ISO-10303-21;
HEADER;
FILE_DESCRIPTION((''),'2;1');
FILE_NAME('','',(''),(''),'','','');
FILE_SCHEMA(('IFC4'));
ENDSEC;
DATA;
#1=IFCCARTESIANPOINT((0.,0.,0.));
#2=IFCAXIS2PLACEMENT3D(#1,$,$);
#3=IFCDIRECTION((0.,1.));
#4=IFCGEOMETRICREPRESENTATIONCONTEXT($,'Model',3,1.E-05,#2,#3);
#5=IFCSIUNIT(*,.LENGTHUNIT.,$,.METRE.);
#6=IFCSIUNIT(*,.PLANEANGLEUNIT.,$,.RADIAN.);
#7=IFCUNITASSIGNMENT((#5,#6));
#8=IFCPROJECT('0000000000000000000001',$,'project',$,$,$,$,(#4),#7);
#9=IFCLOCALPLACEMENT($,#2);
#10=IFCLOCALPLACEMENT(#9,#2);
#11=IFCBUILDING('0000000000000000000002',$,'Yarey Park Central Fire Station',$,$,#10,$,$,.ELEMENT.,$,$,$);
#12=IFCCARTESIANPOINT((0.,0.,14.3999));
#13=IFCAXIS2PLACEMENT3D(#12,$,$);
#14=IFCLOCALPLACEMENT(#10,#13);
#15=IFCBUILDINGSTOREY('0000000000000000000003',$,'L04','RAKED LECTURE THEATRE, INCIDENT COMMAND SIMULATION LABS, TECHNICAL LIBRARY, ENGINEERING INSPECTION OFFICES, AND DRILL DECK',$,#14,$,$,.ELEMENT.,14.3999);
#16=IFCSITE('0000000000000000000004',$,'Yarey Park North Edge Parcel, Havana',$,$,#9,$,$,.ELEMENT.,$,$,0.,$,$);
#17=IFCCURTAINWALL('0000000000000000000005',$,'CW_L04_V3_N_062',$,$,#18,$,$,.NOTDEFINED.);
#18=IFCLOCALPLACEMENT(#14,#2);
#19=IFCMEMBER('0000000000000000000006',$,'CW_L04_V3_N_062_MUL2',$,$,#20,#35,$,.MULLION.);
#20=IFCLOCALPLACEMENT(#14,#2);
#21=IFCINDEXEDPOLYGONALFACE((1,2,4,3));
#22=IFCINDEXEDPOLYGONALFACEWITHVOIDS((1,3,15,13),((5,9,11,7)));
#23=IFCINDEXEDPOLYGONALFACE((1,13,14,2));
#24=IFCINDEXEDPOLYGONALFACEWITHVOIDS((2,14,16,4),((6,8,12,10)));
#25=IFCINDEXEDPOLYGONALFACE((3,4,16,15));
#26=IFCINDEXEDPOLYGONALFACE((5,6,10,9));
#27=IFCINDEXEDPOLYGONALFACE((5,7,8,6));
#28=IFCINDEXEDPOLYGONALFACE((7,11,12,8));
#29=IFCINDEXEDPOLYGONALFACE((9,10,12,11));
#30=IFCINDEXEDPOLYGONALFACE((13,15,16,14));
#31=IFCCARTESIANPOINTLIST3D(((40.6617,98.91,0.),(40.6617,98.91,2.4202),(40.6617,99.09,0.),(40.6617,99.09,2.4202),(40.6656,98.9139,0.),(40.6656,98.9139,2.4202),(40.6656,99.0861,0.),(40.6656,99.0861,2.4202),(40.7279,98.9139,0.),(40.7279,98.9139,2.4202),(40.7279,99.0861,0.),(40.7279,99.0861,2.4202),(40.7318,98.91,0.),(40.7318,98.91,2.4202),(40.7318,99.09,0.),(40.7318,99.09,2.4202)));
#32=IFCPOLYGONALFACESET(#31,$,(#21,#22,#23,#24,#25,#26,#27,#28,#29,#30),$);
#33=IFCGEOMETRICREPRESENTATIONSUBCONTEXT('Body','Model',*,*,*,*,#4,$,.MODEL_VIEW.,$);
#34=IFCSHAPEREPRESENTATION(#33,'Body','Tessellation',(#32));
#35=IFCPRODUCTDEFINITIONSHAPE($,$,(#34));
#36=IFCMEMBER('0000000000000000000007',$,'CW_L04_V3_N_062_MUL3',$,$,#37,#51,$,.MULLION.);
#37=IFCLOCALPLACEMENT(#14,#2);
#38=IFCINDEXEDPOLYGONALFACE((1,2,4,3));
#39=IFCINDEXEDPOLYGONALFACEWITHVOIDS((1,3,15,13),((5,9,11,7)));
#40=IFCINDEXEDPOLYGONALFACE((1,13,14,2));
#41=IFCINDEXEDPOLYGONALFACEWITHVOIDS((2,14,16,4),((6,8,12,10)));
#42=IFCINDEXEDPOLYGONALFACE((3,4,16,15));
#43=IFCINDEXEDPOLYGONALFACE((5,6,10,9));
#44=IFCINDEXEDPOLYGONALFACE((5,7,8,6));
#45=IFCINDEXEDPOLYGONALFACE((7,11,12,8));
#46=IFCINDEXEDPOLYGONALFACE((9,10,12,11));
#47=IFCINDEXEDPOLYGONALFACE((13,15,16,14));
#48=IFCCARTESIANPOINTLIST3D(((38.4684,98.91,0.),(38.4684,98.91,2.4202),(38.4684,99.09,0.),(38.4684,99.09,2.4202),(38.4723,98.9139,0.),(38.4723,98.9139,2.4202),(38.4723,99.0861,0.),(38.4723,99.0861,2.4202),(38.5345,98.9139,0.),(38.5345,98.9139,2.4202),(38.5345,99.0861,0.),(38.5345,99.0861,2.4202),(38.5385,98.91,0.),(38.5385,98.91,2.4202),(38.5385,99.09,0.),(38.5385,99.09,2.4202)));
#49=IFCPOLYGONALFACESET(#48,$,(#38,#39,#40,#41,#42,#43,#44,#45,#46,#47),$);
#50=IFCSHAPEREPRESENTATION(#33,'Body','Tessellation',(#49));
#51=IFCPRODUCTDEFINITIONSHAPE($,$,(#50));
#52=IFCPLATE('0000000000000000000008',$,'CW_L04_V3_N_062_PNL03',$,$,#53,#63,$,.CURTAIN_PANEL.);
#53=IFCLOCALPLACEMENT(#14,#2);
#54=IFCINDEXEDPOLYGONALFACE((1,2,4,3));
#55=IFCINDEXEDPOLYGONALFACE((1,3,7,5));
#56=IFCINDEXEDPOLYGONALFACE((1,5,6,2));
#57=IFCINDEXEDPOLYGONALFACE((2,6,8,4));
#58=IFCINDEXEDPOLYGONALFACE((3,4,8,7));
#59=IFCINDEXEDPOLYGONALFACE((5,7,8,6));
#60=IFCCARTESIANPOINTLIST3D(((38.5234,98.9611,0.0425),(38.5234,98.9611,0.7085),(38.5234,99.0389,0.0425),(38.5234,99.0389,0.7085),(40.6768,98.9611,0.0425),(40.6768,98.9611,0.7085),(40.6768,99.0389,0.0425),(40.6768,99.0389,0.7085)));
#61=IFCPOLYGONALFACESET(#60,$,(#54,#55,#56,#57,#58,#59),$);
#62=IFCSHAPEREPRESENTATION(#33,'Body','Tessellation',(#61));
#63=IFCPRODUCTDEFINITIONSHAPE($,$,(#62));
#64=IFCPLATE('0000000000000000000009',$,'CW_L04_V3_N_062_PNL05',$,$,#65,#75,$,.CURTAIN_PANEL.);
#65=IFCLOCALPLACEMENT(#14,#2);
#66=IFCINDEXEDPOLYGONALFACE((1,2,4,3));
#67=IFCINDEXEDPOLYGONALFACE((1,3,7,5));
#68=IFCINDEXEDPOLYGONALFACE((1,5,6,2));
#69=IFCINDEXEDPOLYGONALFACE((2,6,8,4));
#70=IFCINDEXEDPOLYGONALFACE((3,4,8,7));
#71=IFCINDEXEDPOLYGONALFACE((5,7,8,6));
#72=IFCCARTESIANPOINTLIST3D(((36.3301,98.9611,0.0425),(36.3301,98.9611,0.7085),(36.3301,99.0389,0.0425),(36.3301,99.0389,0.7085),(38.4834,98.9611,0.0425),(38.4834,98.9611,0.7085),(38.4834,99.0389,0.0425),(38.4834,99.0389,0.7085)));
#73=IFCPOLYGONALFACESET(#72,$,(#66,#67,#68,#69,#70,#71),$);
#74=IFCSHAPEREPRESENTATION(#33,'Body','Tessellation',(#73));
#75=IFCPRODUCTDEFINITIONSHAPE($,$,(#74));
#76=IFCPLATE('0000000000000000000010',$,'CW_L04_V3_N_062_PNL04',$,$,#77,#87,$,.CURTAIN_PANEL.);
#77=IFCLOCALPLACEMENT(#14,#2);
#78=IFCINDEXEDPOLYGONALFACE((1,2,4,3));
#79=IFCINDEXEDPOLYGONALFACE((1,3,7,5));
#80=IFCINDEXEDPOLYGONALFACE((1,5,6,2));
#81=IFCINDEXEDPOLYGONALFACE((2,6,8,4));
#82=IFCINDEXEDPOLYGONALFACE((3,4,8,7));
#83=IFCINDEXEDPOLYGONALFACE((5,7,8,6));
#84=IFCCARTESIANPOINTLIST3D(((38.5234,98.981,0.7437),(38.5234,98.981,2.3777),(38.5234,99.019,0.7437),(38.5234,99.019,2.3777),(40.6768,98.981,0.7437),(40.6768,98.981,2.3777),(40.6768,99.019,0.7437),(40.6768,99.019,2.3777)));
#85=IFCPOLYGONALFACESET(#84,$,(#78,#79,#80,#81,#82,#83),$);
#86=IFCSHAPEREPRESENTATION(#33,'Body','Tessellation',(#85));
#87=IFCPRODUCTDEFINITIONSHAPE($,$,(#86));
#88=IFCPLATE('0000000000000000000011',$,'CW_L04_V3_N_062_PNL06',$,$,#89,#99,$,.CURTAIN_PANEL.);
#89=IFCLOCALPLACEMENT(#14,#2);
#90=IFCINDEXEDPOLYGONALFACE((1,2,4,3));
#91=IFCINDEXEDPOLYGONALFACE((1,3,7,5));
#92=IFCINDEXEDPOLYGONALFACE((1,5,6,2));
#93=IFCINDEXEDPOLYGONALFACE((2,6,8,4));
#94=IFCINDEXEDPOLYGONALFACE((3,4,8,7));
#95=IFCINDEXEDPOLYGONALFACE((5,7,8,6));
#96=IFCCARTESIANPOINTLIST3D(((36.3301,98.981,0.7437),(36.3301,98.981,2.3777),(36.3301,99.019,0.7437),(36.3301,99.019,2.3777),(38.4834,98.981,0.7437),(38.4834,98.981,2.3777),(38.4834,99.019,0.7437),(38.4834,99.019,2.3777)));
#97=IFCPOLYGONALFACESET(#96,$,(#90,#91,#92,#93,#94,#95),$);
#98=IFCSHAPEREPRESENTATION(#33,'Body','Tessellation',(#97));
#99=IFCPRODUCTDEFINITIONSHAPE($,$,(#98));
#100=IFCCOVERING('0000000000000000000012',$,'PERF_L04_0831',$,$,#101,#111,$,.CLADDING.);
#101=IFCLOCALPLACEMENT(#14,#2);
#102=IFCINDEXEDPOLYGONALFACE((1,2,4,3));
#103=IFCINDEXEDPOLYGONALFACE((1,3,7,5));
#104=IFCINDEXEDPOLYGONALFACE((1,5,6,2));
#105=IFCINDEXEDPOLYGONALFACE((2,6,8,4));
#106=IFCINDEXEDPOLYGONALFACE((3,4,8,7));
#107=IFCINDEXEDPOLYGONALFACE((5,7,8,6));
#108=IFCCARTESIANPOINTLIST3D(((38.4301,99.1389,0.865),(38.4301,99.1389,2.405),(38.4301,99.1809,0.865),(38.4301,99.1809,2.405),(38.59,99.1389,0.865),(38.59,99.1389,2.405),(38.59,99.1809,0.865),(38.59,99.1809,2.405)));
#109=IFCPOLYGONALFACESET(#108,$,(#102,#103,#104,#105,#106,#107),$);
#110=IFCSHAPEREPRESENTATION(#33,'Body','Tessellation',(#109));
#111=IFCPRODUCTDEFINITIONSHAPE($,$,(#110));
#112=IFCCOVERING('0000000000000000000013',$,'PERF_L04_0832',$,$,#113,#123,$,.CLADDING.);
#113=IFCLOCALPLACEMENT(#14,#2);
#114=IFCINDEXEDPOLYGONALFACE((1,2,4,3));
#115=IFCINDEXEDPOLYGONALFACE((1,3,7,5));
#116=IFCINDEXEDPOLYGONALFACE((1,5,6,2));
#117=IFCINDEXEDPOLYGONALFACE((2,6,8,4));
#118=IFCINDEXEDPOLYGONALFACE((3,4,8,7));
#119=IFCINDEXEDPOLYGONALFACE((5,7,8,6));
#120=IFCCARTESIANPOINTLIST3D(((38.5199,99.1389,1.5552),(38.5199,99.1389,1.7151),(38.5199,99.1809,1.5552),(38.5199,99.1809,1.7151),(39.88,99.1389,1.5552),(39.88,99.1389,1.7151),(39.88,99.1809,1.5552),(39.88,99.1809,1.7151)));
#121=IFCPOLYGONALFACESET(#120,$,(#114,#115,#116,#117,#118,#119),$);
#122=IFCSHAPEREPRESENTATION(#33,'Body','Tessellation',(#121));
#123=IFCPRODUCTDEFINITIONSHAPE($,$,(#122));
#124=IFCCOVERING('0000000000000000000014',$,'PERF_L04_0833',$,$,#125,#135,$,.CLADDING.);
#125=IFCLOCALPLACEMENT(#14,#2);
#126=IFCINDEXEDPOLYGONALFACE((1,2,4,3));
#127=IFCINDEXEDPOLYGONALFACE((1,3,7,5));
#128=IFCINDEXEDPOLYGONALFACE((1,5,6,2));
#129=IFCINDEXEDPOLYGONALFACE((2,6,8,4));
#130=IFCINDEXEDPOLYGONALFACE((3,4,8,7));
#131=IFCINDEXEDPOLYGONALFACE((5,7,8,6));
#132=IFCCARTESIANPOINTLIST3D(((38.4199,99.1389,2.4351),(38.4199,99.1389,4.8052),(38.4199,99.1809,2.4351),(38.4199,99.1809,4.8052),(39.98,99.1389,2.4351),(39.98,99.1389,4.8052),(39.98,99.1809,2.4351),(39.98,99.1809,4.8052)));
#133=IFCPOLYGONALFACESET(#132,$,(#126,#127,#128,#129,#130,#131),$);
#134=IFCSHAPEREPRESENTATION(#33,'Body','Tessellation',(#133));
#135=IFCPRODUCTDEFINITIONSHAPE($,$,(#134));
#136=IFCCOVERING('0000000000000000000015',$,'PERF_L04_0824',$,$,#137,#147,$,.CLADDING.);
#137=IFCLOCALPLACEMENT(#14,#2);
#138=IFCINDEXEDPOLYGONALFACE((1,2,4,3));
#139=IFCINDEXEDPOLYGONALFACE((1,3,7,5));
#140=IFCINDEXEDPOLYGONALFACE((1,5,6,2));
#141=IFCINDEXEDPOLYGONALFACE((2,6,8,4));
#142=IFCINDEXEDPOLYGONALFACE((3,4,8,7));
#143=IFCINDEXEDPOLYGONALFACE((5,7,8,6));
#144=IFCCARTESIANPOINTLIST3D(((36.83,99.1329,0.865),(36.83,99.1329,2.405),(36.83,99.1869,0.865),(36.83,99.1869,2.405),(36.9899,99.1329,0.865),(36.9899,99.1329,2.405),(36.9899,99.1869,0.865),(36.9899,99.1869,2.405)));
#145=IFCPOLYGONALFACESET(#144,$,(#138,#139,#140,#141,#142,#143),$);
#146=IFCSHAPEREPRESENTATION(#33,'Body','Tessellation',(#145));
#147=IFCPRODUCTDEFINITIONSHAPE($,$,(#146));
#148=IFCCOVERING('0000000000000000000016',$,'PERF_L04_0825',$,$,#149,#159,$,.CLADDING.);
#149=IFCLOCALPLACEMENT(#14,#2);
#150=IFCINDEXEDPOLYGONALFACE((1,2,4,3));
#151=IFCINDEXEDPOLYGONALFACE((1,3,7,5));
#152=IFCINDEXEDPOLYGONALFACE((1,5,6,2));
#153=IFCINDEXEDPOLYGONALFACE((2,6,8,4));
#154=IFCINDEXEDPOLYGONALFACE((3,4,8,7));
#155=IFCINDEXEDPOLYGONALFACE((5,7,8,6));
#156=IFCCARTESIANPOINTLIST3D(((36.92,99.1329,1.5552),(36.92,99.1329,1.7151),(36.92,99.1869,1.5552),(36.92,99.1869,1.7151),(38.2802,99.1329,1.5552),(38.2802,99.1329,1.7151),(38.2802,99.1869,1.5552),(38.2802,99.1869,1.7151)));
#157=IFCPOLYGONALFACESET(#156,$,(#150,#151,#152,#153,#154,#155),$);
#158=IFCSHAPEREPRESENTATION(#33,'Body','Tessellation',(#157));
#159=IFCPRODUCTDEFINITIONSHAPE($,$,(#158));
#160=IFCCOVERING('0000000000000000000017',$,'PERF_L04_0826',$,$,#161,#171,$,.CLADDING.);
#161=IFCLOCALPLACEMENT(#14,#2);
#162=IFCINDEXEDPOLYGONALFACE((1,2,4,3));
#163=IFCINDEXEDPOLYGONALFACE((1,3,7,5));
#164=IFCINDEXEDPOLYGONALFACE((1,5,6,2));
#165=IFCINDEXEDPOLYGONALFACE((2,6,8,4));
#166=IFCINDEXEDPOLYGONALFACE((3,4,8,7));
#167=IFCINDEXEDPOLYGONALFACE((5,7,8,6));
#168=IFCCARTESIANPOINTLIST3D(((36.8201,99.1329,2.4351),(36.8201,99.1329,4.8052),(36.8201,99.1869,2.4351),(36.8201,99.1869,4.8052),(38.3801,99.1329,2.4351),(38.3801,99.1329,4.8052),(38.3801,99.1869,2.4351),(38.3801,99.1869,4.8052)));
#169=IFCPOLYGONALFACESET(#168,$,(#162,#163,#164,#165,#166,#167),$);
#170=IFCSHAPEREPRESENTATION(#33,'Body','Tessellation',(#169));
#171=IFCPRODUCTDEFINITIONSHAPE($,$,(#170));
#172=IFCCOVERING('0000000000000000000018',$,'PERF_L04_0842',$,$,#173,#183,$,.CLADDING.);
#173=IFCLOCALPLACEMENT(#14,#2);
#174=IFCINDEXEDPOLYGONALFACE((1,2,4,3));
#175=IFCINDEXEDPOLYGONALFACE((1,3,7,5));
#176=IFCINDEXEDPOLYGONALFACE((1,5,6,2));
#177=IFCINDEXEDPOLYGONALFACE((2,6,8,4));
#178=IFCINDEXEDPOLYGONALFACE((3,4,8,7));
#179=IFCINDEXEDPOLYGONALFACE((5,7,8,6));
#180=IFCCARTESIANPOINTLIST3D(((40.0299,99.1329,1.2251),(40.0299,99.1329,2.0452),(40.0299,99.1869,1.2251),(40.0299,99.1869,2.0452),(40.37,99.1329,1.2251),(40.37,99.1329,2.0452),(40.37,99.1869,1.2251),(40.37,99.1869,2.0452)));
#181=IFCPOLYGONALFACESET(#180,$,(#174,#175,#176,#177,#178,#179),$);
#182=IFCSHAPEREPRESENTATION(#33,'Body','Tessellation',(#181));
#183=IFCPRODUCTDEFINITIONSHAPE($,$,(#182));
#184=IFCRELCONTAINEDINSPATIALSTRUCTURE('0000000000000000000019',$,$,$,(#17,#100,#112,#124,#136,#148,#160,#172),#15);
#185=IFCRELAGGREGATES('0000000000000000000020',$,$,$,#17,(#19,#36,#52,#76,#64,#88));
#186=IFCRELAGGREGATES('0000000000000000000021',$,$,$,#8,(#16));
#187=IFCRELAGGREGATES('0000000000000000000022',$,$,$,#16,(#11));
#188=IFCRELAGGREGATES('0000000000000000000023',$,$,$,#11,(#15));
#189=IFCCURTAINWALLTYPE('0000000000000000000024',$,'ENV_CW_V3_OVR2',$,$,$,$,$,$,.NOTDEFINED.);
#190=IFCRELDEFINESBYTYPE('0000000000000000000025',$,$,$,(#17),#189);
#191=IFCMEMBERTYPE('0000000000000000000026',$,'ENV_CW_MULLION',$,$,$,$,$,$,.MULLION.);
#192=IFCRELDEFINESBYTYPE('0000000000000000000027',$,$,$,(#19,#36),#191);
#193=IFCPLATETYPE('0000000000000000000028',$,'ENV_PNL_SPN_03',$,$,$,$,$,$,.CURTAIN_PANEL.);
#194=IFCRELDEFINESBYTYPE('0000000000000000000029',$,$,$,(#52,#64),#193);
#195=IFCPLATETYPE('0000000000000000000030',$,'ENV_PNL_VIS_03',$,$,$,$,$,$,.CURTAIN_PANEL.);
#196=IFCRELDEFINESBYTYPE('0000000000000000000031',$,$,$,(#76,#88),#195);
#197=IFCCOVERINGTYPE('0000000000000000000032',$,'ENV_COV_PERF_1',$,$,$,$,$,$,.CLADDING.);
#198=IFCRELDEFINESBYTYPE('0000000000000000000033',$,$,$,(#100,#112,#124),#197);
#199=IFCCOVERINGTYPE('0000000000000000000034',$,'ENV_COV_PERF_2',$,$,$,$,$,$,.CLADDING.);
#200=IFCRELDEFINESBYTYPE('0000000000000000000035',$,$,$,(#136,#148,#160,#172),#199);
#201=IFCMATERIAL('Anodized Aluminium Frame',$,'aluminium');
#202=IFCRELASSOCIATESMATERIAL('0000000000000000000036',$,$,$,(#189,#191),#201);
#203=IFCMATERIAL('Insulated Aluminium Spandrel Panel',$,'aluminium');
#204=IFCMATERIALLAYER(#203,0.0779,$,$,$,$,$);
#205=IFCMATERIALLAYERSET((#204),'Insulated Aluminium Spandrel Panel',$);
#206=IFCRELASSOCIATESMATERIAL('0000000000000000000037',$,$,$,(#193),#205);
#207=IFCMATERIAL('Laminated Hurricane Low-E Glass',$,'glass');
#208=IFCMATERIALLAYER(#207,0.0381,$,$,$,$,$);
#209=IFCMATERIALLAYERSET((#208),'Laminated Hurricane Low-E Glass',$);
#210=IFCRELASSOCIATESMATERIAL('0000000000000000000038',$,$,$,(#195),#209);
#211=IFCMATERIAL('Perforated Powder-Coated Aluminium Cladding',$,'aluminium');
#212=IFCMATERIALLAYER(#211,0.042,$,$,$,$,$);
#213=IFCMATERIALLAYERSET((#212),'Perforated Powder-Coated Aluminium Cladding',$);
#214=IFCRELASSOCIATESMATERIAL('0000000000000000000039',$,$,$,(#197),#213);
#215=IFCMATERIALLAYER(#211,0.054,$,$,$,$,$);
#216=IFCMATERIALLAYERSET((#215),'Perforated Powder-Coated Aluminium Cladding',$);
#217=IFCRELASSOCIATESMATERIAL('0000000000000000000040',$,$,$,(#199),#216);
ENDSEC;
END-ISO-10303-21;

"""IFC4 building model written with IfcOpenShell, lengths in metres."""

from ifc_helpers import new_model, si_unit, direction, frame, origin, origin_2d, place, context, subcontext, project, spatial, rectangle, hollow_rectangle, extrude, material, layer, layer_set, material_profile, profile_set, type_object, element, aggregate, save


model = new_model("IFC4")

# Units and contexts
model_context = context("Model", 3, precision=1e-05, world=origin(), true_north=direction((0.0, 1.0)))
body_context = subcontext(model_context, "Body", "Model", "MODEL_VIEW")
ifc_project = project(units=[si_unit("LENGTHUNIT", "METRE"), si_unit("PLANEANGLEUNIT", "RADIAN")], contexts=[model_context])

# Site, building, storey
site_placement = place(None, origin())
site = spatial("IfcSite", under=ifc_project, at=site_placement, Name="Yarey Park North Edge Parcel, Havana", CompositionType="ELEMENT", RefElevation=0.0)
building_placement = place(site_placement, origin())
building = spatial("IfcBuilding", under=site, at=building_placement, Name="Yarey Park Central Fire Station", CompositionType="ELEMENT")
storey_placement = place(building_placement, frame((0.0, 0.0, 14.3999)))
storey = spatial("IfcBuildingStorey", under=building, at=storey_placement, Name="L04", Description="RAKED LECTURE THEATRE, INCIDENT COMMAND SIMULATION LABS, TECHNICAL LIBRARY, ENGINEERING INSPECTION OFFICES, AND DRILL DECK", CompositionType="ELEMENT", Elevation=14.3999)

# Curtain wall, members, plates
ifc_material_1 = material(Name="Anodized Aluminium Frame", Category="aluminium")
curtain_wall_type = type_object("IfcCurtainWallType", Name="ENV_CW_V3_OVR2", PredefinedType="NOTDEFINED", material=ifc_material_1)
curtain_wall_placement = place(storey_placement, origin())
curtain_wall = element("IfcCurtainWall", 1, at=curtain_wall_placement, inside=storey, type_object=curtain_wall_type, Name="CW_L04_V3_N_062", PredefinedType="NOTDEFINED")
ifc_material_profile = material_profile(ifc_material_1, hollow_rectangle(XDim=0.0701, YDim=0.1799, WallThickness=0.0039, at=origin_2d()), Name="ALU 180x70x4")
ifc_profile_set = profile_set([ifc_material_profile], Name="Anodized Aluminium Frame")
member_type = type_object("IfcMemberType", Name="ENV_CW_MULLION", PredefinedType="MULLION", material=ifc_profile_set)
member_1_placement = place(storey_placement, frame((40.6968, 99.0, 0.0), z_axis=(0.0, 0.0, 1.0), x_axis=(1.0, 0.0, 0.0)))
member_1 = element("IfcMember", 2, at=member_1_placement, type_object=member_type, Name="CW_L04_V3_N_062_MUL2", PredefinedType="MULLION", context=body_context, shape_type="SweptSolid", body=[
    extrude(hollow_rectangle(XDim=0.0701, YDim=0.1799, WallThickness=0.0039, at=origin_2d()), origin(), (0.0, 0.0, 1.0), 2.4202),
])
member_2_placement = place(storey_placement, frame((38.5034, 99.0, 0.0), z_axis=(0.0, 0.0, 1.0), x_axis=(1.0, 0.0, 0.0)))
member_2 = element("IfcMember", 3, at=member_2_placement, type_object=member_type, Name="CW_L04_V3_N_062_MUL3", PredefinedType="MULLION", context=body_context, shape_type="SweptSolid", body=[
    extrude(hollow_rectangle(XDim=0.0701, YDim=0.1799, WallThickness=0.0039, at=origin_2d()), origin(), (0.0, 0.0, 1.0), 2.4202),
])
ifc_material_2 = material(Name="Insulated Aluminium Spandrel Panel", Category="aluminium")
ifc_layer_1 = layer(ifc_material_2, 0.0779)
ifc_layer_set_1 = layer_set([ifc_layer_1], Name="Insulated Aluminium Spandrel Panel")
plate_type_1 = type_object("IfcPlateType", Name="ENV_PNL_SPN_03", PredefinedType="CURTAIN_PANEL", material=ifc_layer_set_1)
plate_1_placement = place(storey_placement, frame((39.6001, 99.0, 0.0425), z_axis=(0.0, 0.0, 1.0), x_axis=(-1.0, 0.0, 0.0)))
plate_1 = element("IfcPlate", 4, at=plate_1_placement, type_object=plate_type_1, Name="CW_L04_V3_N_062_PNL03", PredefinedType="CURTAIN_PANEL", context=body_context, shape_type="SweptSolid", body=[
    extrude(rectangle(XDim=2.1533, YDim=0.0779, at=origin_2d()), origin(), (0.0, 0.0, 1.0), 0.666),
])
plate_2_placement = place(storey_placement, frame((37.4067, 99.0, 0.0425), z_axis=(0.0, 0.0, 1.0), x_axis=(-1.0, 0.0, 0.0)))
plate_2 = element("IfcPlate", 5, at=plate_2_placement, type_object=plate_type_1, Name="CW_L04_V3_N_062_PNL05", PredefinedType="CURTAIN_PANEL", context=body_context, shape_type="SweptSolid", body=[
    extrude(rectangle(XDim=2.1533, YDim=0.0779, at=origin_2d()), origin(), (0.0, 0.0, 1.0), 0.666),
])
ifc_material_3 = material(Name="Laminated Hurricane Low-E Glass", Category="glass")
ifc_layer_2 = layer(ifc_material_3, 0.0381)
ifc_layer_set_2 = layer_set([ifc_layer_2], Name="Laminated Hurricane Low-E Glass")
plate_type_2 = type_object("IfcPlateType", Name="ENV_PNL_VIS_03", PredefinedType="CURTAIN_PANEL", material=ifc_layer_set_2)
plate_3_placement = place(storey_placement, frame((39.6001, 99.0, 0.7437), z_axis=(0.0, 0.0, 1.0), x_axis=(-1.0, 0.0, 0.0)))
plate_3 = element("IfcPlate", 6, at=plate_3_placement, type_object=plate_type_2, Name="CW_L04_V3_N_062_PNL04", PredefinedType="CURTAIN_PANEL", context=body_context, shape_type="SweptSolid", body=[
    extrude(rectangle(XDim=2.1533, YDim=0.0381, at=origin_2d()), origin(), (0.0, 0.0, 1.0), 1.634),
])
plate_4_placement = place(storey_placement, frame((37.4067, 99.0, 0.7437), z_axis=(0.0, 0.0, 1.0), x_axis=(-1.0, 0.0, 0.0)))
plate_4 = element("IfcPlate", 7, at=plate_4_placement, type_object=plate_type_2, Name="CW_L04_V3_N_062_PNL06", PredefinedType="CURTAIN_PANEL", context=body_context, shape_type="SweptSolid", body=[
    extrude(rectangle(XDim=2.1533, YDim=0.0381, at=origin_2d()), origin(), (0.0, 0.0, 1.0), 1.634),
])
aggregate(curtain_wall, [member_1, member_2, plate_1, plate_3, plate_2, plate_4])

# Coverings
ifc_material_4 = material(Name="Perforated Powder-Coated Aluminium Cladding", Category="aluminium")
ifc_layer_3 = layer(ifc_material_4, 0.042)
ifc_layer_set_3 = layer_set([ifc_layer_3], Name="Perforated Powder-Coated Aluminium Cladding")
covering_type_1 = type_object("IfcCoveringType", Name="ENV_COV_PERF_1", PredefinedType="CLADDING", material=ifc_layer_set_3)
covering_1_placement = place(storey_placement, frame((38.51, 99.1599, 0.865), z_axis=(0.0, 0.0, 1.0), x_axis=(1.0, 0.0, 0.0)))
element("IfcCovering", 8, at=covering_1_placement, inside=storey, type_object=covering_type_1, Name="PERF_L04_0831", PredefinedType="CLADDING", context=body_context, shape_type="SweptSolid", body=[
    extrude(rectangle(XDim=0.1599, YDim=0.042, at=origin_2d()), origin(), (0.0, 0.0, 1.0), 1.54),
])
covering_2_placement = place(storey_placement, frame((39.2, 99.1599, 1.5552), z_axis=(0.0, 0.0, 1.0), x_axis=(1.0, 0.0, 0.0)))
element("IfcCovering", 9, at=covering_2_placement, inside=storey, type_object=covering_type_1, Name="PERF_L04_0832", PredefinedType="CLADDING", context=body_context, shape_type="SweptSolid", body=[
    extrude(rectangle(XDim=1.3601, YDim=0.042, at=origin_2d()), origin(), (0.0, 0.0, 1.0), 0.1599),
])
covering_3_placement = place(storey_placement, frame((39.2, 99.1599, 2.4351), z_axis=(0.0, 0.0, 1.0), x_axis=(1.0, 0.0, 0.0)))
element("IfcCovering", 10, at=covering_3_placement, inside=storey, type_object=covering_type_1, Name="PERF_L04_0833", PredefinedType="CLADDING", context=body_context, shape_type="SweptSolid", body=[
    extrude(rectangle(XDim=1.5601, YDim=0.042, at=origin_2d()), origin(), (0.0, 0.0, 1.0), 2.3701),
])
ifc_layer_4 = layer(ifc_material_4, 0.054)
ifc_layer_set_4 = layer_set([ifc_layer_4], Name="Perforated Powder-Coated Aluminium Cladding")
covering_type_2 = type_object("IfcCoveringType", Name="ENV_COV_PERF_2", PredefinedType="CLADDING", material=ifc_layer_set_4)
covering_4_placement = place(storey_placement, frame((36.9099, 99.1599, 0.865), z_axis=(0.0, 0.0, 1.0), x_axis=(1.0, 0.0, 0.0)))
element("IfcCovering", 11, at=covering_4_placement, inside=storey, type_object=covering_type_2, Name="PERF_L04_0824", PredefinedType="CLADDING", context=body_context, shape_type="SweptSolid", body=[
    extrude(rectangle(XDim=0.1599, YDim=0.054, at=origin_2d()), origin(), (0.0, 0.0, 1.0), 1.54),
])
covering_5_placement = place(storey_placement, frame((37.6001, 99.1599, 1.5552), z_axis=(0.0, 0.0, 1.0), x_axis=(1.0, 0.0, 0.0)))
element("IfcCovering", 12, at=covering_5_placement, inside=storey, type_object=covering_type_2, Name="PERF_L04_0825", PredefinedType="CLADDING", context=body_context, shape_type="SweptSolid", body=[
    extrude(rectangle(XDim=1.3601, YDim=0.054, at=origin_2d()), origin(), (0.0, 0.0, 1.0), 0.1599),
])
covering_6_placement = place(storey_placement, frame((37.6001, 99.1599, 2.4351), z_axis=(0.0, 0.0, 1.0), x_axis=(1.0, 0.0, 0.0)))
element("IfcCovering", 13, at=covering_6_placement, inside=storey, type_object=covering_type_2, Name="PERF_L04_0826", PredefinedType="CLADDING", context=body_context, shape_type="SweptSolid", body=[
    extrude(rectangle(XDim=1.5601, YDim=0.054, at=origin_2d()), origin(), (0.0, 0.0, 1.0), 2.3701),
])
covering_7_placement = place(storey_placement, frame((40.2, 99.1599, 1.2251), z_axis=(0.0, 0.0, 1.0), x_axis=(1.0, 0.0, 0.0)))
element("IfcCovering", 14, at=covering_7_placement, inside=storey, type_object=covering_type_2, Name="PERF_L04_0842", PredefinedType="CLADDING", context=body_context, shape_type="SweptSolid", body=[
    extrude(rectangle(XDim=0.3401, YDim=0.054, at=origin_2d()), origin(), (0.0, 0.0, 1.0), 0.8201),
])

save(model, "model.ifc")
